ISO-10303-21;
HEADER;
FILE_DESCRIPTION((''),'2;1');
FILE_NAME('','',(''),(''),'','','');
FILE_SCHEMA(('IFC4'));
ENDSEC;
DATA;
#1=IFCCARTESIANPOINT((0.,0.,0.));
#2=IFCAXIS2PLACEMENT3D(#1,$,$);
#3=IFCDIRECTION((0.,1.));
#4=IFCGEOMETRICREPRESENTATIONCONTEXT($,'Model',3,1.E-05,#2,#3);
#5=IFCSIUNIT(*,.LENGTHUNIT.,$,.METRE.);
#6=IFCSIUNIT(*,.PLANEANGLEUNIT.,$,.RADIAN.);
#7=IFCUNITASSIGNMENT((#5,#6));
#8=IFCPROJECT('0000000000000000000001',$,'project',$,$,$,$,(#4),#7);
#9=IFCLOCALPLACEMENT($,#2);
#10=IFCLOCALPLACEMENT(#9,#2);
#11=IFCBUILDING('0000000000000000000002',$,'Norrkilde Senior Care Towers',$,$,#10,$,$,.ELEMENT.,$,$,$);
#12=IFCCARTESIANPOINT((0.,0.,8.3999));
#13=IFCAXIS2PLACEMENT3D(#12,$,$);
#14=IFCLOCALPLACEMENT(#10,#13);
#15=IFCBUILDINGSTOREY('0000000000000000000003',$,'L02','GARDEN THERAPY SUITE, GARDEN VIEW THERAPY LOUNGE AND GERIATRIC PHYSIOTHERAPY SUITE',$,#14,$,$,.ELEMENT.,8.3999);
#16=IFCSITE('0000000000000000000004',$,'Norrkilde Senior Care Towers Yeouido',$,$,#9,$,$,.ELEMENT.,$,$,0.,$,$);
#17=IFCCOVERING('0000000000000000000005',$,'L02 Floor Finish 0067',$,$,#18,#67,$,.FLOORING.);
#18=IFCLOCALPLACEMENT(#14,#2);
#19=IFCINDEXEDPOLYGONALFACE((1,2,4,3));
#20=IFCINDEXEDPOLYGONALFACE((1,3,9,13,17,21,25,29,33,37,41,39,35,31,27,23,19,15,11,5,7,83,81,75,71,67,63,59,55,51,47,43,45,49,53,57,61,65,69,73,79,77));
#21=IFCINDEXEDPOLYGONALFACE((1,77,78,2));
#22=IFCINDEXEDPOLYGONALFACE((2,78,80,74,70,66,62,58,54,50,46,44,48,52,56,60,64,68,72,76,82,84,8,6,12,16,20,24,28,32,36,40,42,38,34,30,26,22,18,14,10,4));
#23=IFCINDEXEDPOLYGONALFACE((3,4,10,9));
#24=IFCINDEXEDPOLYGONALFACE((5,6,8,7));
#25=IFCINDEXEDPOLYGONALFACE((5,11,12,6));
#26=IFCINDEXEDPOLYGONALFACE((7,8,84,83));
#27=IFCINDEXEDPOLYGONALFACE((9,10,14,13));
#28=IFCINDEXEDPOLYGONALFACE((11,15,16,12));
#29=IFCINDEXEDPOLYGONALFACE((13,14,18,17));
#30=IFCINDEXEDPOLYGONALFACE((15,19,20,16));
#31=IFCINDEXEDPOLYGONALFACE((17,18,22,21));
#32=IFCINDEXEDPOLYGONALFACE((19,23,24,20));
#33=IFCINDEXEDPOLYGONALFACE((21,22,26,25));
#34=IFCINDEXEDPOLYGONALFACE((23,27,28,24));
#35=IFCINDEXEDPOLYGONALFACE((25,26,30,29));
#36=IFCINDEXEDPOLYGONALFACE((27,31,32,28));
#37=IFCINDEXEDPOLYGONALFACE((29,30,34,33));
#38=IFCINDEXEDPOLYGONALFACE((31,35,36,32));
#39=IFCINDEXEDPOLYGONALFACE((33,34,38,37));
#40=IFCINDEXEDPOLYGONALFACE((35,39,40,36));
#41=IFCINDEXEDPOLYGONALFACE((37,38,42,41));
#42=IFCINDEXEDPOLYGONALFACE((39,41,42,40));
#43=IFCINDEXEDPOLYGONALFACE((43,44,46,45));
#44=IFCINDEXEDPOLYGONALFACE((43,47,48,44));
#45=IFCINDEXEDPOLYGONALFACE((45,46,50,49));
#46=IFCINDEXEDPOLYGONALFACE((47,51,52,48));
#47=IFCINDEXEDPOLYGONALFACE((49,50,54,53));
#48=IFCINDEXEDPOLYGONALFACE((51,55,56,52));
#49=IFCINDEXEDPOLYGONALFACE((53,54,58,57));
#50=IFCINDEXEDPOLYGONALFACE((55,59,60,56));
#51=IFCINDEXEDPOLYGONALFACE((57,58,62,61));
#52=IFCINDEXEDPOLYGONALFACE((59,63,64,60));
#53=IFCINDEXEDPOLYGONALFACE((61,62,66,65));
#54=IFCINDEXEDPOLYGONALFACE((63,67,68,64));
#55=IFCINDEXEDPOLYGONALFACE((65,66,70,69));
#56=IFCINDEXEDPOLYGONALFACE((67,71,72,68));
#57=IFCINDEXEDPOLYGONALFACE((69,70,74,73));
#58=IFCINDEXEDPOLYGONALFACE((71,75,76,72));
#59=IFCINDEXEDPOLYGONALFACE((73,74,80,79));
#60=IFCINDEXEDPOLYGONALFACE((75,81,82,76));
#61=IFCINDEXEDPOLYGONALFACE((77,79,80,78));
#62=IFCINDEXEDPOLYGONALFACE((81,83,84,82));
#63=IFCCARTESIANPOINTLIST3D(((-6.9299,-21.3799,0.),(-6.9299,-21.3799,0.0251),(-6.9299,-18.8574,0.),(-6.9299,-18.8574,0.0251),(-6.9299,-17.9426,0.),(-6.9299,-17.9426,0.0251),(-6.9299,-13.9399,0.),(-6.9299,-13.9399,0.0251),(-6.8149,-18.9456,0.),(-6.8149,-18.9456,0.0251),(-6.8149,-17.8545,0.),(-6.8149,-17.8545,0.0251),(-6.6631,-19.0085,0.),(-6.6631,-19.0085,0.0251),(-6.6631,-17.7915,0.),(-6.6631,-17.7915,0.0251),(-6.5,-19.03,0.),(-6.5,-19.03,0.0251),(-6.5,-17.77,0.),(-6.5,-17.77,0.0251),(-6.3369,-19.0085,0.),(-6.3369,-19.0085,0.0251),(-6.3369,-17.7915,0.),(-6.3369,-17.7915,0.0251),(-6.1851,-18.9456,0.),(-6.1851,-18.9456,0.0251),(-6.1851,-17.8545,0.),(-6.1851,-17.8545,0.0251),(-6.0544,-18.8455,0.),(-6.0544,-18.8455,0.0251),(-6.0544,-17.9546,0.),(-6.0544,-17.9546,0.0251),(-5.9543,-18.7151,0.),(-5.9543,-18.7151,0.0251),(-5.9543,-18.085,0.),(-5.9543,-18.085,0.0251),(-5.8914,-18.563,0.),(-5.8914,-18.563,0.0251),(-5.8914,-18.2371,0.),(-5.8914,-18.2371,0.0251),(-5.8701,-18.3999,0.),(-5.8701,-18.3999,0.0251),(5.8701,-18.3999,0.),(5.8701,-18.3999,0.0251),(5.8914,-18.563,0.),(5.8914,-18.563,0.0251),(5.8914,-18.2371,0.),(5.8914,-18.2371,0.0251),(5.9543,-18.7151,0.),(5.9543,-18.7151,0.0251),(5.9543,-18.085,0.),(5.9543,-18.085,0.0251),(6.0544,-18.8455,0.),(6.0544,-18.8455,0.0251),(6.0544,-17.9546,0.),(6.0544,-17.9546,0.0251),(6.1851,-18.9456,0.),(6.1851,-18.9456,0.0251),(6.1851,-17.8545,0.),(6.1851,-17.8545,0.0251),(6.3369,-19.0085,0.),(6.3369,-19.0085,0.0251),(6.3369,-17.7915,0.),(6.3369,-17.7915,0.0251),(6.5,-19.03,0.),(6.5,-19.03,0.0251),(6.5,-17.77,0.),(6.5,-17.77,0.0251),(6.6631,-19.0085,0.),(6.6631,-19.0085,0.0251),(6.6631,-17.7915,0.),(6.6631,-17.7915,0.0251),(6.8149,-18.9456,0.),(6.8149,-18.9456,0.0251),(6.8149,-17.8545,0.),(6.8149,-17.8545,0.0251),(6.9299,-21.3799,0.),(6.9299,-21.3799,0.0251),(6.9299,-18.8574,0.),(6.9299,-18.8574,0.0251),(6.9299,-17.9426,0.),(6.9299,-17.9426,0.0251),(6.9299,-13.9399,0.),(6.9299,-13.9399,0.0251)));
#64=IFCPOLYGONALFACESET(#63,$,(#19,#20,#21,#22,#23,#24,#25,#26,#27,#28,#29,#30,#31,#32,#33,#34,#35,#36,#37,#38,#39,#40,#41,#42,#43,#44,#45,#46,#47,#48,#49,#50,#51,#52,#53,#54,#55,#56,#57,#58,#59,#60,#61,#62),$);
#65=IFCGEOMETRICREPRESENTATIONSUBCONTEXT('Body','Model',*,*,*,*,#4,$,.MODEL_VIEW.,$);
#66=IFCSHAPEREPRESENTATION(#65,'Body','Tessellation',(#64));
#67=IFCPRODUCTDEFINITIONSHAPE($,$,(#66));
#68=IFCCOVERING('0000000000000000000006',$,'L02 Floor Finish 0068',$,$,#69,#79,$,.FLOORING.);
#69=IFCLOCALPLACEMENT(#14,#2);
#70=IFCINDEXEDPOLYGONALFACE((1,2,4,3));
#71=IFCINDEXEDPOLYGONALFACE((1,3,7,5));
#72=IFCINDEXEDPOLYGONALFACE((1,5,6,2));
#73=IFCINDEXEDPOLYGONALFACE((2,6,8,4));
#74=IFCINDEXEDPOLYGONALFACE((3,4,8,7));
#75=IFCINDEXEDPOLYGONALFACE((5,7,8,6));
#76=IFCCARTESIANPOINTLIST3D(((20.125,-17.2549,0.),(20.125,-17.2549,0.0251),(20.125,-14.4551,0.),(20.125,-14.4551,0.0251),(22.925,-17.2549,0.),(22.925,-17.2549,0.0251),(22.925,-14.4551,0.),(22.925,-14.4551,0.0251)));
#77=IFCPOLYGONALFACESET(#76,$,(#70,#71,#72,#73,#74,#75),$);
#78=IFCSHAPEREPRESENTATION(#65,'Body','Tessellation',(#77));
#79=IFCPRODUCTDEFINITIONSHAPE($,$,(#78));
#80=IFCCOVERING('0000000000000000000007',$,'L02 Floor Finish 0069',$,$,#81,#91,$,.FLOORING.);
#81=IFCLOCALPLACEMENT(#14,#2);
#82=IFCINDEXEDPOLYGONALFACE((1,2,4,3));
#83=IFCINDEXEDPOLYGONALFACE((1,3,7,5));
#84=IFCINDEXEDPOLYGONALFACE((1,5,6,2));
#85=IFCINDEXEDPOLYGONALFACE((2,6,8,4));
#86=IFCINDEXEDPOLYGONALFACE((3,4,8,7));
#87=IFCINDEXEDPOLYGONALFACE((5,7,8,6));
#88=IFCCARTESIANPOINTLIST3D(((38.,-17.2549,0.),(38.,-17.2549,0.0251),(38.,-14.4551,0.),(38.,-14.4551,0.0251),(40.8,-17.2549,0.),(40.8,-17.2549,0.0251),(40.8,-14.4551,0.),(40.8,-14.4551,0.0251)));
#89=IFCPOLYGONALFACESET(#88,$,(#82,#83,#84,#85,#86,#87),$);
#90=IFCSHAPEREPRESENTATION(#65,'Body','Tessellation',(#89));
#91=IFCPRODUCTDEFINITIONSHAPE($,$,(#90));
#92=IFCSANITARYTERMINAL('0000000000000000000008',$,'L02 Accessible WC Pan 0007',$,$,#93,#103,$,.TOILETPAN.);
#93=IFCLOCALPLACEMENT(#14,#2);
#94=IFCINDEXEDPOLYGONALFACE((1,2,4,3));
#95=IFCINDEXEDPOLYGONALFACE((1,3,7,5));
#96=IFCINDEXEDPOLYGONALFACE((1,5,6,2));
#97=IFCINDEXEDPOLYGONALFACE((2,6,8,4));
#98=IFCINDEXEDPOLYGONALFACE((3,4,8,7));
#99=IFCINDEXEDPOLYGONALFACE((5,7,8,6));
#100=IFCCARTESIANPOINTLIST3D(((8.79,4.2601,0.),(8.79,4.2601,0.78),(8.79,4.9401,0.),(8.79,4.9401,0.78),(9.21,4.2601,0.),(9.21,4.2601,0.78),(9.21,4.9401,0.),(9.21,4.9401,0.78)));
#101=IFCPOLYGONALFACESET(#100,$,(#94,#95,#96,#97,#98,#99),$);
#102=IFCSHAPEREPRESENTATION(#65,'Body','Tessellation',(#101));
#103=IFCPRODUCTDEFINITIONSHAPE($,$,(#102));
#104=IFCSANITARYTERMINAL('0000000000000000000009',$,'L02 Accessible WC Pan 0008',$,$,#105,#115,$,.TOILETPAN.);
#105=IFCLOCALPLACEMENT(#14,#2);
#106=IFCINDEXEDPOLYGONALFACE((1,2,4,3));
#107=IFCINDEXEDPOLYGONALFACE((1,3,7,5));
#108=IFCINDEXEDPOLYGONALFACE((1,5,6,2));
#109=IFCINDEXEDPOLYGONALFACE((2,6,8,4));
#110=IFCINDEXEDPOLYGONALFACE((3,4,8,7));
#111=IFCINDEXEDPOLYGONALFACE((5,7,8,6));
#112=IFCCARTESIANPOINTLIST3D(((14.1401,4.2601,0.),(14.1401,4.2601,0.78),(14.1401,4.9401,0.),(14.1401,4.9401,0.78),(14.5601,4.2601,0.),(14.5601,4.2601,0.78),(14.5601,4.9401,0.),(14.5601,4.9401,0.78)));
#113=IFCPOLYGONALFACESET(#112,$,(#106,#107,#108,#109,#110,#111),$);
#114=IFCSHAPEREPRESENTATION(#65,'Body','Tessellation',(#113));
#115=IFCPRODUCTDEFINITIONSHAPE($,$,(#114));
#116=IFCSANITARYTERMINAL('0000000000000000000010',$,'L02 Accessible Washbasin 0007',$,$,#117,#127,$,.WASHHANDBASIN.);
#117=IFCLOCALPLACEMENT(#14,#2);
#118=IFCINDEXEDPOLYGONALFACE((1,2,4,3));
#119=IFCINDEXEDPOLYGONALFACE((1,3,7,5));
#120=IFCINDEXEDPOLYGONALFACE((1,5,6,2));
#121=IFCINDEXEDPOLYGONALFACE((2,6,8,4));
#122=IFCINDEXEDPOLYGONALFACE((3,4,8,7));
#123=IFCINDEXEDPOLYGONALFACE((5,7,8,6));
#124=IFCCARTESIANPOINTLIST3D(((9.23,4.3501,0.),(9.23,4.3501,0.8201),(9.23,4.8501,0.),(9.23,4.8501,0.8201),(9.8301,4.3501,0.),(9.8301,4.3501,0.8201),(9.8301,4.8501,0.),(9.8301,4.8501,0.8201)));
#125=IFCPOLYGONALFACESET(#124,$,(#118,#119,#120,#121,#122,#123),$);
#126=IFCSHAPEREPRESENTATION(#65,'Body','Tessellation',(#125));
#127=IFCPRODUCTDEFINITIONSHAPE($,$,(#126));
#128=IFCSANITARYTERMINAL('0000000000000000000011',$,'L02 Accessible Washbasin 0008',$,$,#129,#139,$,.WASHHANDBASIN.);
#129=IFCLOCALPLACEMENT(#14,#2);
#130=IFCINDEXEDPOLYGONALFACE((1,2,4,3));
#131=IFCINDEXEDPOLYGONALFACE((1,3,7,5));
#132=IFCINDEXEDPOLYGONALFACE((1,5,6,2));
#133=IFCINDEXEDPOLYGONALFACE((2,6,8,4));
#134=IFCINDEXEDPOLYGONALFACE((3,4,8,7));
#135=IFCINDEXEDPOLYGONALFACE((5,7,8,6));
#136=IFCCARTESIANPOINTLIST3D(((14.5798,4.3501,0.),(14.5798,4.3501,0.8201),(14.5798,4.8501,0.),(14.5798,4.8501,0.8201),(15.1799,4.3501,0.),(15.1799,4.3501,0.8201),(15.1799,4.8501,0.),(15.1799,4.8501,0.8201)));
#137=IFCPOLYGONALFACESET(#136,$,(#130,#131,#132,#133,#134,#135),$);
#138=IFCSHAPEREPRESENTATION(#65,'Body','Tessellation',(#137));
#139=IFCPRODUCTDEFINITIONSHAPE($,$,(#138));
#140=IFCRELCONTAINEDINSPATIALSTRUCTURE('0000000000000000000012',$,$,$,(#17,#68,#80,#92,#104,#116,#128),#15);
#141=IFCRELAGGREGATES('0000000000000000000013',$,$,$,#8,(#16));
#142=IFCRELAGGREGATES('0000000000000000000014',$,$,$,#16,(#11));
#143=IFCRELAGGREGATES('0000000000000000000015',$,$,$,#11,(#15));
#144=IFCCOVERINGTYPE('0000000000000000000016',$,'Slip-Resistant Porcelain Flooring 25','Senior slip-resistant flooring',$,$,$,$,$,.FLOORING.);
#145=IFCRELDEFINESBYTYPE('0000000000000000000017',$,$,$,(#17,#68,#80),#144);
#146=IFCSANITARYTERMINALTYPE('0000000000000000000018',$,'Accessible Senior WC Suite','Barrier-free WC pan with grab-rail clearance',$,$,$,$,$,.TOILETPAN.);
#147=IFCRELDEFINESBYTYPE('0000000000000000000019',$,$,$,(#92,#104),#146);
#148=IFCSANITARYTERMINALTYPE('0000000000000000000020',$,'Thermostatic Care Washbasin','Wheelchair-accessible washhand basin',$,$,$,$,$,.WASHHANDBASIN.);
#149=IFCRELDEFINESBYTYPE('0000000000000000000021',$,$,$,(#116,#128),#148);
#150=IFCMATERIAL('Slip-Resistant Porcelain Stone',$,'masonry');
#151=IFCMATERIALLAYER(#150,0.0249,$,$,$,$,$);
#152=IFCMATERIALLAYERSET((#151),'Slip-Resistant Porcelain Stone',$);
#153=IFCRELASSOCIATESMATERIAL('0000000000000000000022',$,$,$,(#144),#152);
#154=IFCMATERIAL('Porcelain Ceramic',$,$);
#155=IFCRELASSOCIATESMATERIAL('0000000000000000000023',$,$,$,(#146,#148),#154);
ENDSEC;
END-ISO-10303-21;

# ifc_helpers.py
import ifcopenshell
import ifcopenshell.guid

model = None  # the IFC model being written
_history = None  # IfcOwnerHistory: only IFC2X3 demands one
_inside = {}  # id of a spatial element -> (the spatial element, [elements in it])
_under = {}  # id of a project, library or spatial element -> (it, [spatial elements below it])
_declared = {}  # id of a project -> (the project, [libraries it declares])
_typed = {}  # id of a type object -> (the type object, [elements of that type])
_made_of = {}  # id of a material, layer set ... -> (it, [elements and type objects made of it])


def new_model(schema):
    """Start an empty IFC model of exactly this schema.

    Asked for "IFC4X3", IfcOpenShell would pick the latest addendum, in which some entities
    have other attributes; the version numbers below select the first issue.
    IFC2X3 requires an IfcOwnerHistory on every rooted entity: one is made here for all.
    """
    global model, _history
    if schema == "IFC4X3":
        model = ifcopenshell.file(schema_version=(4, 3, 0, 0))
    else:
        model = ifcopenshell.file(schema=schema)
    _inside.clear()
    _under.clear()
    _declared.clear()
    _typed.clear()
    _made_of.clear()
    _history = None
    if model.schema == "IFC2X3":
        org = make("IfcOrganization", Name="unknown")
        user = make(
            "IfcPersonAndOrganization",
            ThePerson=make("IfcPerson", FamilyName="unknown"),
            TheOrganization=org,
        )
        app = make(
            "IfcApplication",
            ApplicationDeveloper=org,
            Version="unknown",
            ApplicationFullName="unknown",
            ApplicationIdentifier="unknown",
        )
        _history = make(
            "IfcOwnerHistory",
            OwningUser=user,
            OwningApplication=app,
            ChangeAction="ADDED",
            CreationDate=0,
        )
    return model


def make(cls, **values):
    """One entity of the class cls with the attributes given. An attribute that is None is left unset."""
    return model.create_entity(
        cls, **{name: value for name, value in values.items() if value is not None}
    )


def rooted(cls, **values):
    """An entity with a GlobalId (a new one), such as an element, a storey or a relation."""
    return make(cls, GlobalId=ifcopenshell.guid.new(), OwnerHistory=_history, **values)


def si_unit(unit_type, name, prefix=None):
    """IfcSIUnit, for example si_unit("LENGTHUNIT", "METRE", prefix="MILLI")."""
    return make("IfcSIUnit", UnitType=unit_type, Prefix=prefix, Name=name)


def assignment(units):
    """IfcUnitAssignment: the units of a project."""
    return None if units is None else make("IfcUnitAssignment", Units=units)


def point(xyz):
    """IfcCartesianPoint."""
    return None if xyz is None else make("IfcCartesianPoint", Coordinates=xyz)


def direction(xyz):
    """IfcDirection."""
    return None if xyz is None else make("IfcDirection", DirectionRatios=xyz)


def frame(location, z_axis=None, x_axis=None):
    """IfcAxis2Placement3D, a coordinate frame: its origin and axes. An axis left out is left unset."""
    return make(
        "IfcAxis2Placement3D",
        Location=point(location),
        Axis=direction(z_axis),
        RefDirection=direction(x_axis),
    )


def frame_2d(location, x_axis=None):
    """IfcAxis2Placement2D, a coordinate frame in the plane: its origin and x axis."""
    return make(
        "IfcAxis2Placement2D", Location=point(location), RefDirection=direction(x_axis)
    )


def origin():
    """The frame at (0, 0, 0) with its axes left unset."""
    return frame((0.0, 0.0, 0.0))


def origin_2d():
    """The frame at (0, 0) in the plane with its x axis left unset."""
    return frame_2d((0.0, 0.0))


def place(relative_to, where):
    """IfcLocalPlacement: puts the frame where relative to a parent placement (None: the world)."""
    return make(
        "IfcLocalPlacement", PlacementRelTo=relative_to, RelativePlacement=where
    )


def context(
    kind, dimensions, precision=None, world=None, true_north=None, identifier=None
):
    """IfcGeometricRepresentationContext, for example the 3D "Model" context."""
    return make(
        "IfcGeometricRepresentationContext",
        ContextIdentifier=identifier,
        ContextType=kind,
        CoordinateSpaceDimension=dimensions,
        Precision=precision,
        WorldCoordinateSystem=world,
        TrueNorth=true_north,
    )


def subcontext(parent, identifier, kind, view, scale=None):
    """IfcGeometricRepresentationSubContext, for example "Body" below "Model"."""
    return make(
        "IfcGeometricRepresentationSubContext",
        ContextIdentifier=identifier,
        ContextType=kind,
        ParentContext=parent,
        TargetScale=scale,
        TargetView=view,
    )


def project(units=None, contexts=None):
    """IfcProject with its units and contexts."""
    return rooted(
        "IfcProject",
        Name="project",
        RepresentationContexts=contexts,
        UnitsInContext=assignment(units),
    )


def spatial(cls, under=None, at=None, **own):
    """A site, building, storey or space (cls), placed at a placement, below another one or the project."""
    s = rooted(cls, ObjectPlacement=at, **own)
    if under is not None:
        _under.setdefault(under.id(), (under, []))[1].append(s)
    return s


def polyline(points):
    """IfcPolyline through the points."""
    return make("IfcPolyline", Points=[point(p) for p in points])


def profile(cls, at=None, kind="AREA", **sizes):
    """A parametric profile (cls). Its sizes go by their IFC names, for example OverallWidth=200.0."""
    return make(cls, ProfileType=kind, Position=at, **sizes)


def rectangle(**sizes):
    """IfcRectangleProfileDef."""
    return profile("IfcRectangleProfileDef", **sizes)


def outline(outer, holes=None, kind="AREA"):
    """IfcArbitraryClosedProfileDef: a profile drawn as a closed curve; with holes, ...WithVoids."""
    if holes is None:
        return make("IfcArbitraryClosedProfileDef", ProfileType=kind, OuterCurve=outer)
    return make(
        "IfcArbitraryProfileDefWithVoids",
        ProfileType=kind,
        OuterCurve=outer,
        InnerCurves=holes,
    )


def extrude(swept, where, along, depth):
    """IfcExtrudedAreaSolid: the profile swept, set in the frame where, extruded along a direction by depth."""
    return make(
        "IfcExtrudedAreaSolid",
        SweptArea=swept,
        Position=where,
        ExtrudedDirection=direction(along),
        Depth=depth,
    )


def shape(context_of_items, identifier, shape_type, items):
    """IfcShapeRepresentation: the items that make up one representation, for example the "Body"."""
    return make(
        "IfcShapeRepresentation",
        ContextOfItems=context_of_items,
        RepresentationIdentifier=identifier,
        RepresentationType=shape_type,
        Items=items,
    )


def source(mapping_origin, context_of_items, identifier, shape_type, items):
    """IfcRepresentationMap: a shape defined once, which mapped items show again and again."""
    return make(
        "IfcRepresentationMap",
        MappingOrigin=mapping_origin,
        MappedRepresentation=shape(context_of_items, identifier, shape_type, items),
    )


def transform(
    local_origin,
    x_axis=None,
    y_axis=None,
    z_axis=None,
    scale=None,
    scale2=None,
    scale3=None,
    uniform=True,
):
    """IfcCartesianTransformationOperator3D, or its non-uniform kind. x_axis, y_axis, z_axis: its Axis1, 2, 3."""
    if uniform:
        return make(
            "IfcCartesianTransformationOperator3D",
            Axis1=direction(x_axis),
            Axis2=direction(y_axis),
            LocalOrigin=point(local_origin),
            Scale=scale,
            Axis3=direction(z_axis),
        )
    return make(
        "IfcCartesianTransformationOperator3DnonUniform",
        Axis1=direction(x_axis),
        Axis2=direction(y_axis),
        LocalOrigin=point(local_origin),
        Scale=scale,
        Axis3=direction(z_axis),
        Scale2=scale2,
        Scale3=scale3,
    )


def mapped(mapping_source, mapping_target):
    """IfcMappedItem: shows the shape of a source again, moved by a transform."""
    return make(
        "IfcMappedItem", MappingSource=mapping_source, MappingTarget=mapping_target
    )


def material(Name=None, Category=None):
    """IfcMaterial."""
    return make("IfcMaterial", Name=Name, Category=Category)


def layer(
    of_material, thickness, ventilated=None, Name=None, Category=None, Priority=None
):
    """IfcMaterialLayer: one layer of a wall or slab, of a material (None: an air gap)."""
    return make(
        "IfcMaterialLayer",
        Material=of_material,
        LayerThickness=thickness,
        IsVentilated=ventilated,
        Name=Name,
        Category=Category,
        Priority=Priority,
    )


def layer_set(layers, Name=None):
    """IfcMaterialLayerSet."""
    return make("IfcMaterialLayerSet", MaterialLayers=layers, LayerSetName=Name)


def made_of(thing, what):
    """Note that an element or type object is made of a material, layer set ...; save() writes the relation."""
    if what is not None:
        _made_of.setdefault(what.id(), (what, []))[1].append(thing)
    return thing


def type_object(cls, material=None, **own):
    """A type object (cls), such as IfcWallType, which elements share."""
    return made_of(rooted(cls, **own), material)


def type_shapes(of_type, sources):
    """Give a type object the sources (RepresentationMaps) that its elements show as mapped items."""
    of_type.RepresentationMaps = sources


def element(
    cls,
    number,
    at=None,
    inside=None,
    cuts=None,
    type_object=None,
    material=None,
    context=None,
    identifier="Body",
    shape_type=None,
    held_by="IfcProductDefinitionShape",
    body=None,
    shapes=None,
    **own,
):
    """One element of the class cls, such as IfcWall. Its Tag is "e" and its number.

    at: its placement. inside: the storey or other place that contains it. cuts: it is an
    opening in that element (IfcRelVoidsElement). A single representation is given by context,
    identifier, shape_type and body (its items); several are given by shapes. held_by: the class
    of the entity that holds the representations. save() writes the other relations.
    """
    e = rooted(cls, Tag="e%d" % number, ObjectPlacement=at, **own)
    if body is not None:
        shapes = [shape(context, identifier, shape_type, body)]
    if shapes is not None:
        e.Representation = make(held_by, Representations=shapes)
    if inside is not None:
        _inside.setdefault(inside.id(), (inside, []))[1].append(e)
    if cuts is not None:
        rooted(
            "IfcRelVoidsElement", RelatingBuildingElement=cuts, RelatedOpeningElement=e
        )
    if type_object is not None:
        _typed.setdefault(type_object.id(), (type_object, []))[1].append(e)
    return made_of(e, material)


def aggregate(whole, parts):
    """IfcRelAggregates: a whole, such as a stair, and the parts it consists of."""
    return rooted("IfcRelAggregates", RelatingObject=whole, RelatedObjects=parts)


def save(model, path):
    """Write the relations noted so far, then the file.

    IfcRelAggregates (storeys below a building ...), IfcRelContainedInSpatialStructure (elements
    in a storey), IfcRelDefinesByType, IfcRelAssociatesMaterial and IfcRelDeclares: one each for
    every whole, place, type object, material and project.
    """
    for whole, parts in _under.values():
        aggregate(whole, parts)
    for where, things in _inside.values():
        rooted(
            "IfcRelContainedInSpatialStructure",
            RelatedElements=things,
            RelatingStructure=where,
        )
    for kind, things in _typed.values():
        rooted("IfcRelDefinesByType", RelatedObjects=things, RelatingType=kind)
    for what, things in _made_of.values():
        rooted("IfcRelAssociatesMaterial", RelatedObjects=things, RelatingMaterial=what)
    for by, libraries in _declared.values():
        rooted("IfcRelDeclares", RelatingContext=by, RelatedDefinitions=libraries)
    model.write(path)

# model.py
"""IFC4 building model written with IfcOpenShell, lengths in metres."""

from ifc_helpers import new_model, si_unit, direction, frame, origin, origin_2d, place, context, subcontext, project, spatial, polyline, rectangle, outline, extrude, source, transform, mapped, material, layer, layer_set, type_object, type_shapes, element, save


model = new_model("IFC4")

# Units and contexts
model_context = context("Model", 3, precision=1e-05, world=origin(), true_north=direction((0.0, 1.0)))
body_context = subcontext(model_context, "Body", "Model", "MODEL_VIEW")
ifc_project = project(units=[si_unit("LENGTHUNIT", "METRE"), si_unit("PLANEANGLEUNIT", "RADIAN")], contexts=[model_context])

# Site, building, storey
site_placement = place(None, origin())
site = spatial("IfcSite", under=ifc_project, at=site_placement, Name="Norrkilde Senior Care Towers Yeouido", CompositionType="ELEMENT", RefElevation=0.0)
building_placement = place(site_placement, origin())
building = spatial("IfcBuilding", under=site, at=building_placement, Name="Norrkilde Senior Care Towers", CompositionType="ELEMENT")
storey_placement = place(building_placement, frame((0.0, 0.0, 8.3999)))
storey = spatial("IfcBuildingStorey", under=building, at=storey_placement, Name="L02", Description="GARDEN THERAPY SUITE, GARDEN VIEW THERAPY LOUNGE AND GERIATRIC PHYSIOTHERAPY SUITE", CompositionType="ELEMENT", Elevation=8.3999)

# Coverings
ifc_material_1 = material(Name="Slip-Resistant Porcelain Stone", Category="masonry")
ifc_layer_1 = layer(ifc_material_1, 0.0249)
ifc_layer_set_1 = layer_set([ifc_layer_1], Name="Slip-Resistant Porcelain Stone")
covering_type_1 = type_object("IfcCoveringType", Name="Slip-Resistant Porcelain Flooring 25", Description="Senior slip-resistant flooring", PredefinedType="FLOORING", material=ifc_layer_set_1)
covering_1_placement = place(storey_placement, origin())
element("IfcCovering", 1, at=covering_1_placement, inside=storey, type_object=covering_type_1, Name="L02 Floor Finish 0067", PredefinedType="FLOORING", context=body_context, shape_type="SweptSolid", body=[
    extrude(outline(polyline([(-6.9299, -21.3799), (-6.9299, -18.8574), (-6.8149, -18.9456), (-6.6631, -19.0085), (-6.5, -19.03), (-6.3369, -19.0085), (-6.1851, -18.9456), (-6.0544, -18.8455), (-5.9543, -18.7151), (-5.8914, -18.563), (-5.8701, -18.3999), (-5.8914, -18.2371), (-5.9543, -18.085), (-6.0544, -17.9546), (-6.1851, -17.8545), (-6.3369, -17.7915), (-6.5, -17.77), (-6.6631, -17.7915), (-6.8149, -17.8545), (-6.9299, -17.9426), (-6.9299, -13.9399), (6.9299, -13.9399), (6.9299, -17.9426), (6.8149, -17.8545), (6.6631, -17.7915), (6.5, -17.77), (6.3369, -17.7915), (6.1851, -17.8545), (6.0544, -17.9546), (5.9543, -18.085), (5.8914, -18.2371), (5.8701, -18.3999), (5.8914, -18.563), (5.9543, -18.7151), (6.0544, -18.8455), (6.1851, -18.9456), (6.3369, -19.0085), (6.5, -19.03), (6.6631, -19.0085), (6.8149, -18.9456), (6.9299, -18.8574), (6.9299, -21.3799), (-6.9299, -21.3799)])), origin(), (0.0, 0.0, 1.0), 0.0251),
])
covering_2_placement = place(storey_placement, origin())
element("IfcCovering", 2, at=covering_2_placement, inside=storey, type_object=covering_type_1, Name="L02 Floor Finish 0068", PredefinedType="FLOORING", context=body_context, shape_type="SweptSolid", body=[
    extrude(outline(polyline([(20.125, -17.2549), (20.125, -14.4551), (22.925, -14.4551), (22.925, -17.2549), (20.125, -17.2549)])), origin(), (0.0, 0.0, 1.0), 0.0251),
])
covering_3_placement = place(storey_placement, origin())
element("IfcCovering", 3, at=covering_3_placement, inside=storey, type_object=covering_type_1, Name="L02 Floor Finish 0069", PredefinedType="FLOORING", context=body_context, shape_type="SweptSolid", body=[
    extrude(outline(polyline([(38.0, -17.2549), (38.0, -14.4551), (40.8, -14.4551), (40.8, -17.2549), (38.0, -17.2549)])), origin(), (0.0, 0.0, 1.0), 0.0251),
])

# Sanitary terminals
ifc_material_2 = material(Name="Porcelain Ceramic")
sanitary_terminal_type_1 = type_object("IfcSanitaryTerminalType", Name="Accessible Senior WC Suite", Description="Barrier-free WC pan with grab-rail clearance", PredefinedType="TOILETPAN", material=ifc_material_2)
shared_shape_1 = source(origin(), body_context, "Body", "SweptSolid", [
    extrude(rectangle(XDim=0.4199, YDim=0.6799, at=origin_2d()), origin(), (0.0, 0.0, 1.0), 0.78),
])
type_shapes(sanitary_terminal_type_1, [shared_shape_1])
for number, where, z_axis, x_axis, name in (
    (4, (9.0, 4.6001, 0.0), (0.0, 0.0, 1.0), (1.0, 0.0, 0.0), "L02 Accessible WC Pan 0007"),
    (5, (14.3501, 4.6001, 0.0), (0.0, 0.0, 1.0), (1.0, 0.0, 0.0), "L02 Accessible WC Pan 0008"),
):
    element("IfcSanitaryTerminal", number, at=place(storey_placement, frame(where, z_axis=z_axis, x_axis=x_axis)), inside=storey, type_object=sanitary_terminal_type_1, Name=name, PredefinedType="TOILETPAN", context=body_context, shape_type="MappedRepresentation", body=[
        mapped(shared_shape_1, transform((0.0, 0.0, 0.0), x_axis=(1.0, 0.0, 0.0), y_axis=(0.0, 1.0, 0.0), z_axis=(0.0, 0.0, 1.0), scale=1.0)),
    ])
sanitary_terminal_type_2 = type_object("IfcSanitaryTerminalType", Name="Thermostatic Care Washbasin", Description="Wheelchair-accessible washhand basin", PredefinedType="WASHHANDBASIN", material=ifc_material_2)
shared_shape_2 = source(origin(), body_context, "Body", "SweptSolid", [
    extrude(rectangle(XDim=0.6001, YDim=0.5, at=origin_2d()), origin(), (0.0, 0.0, 1.0), 0.8201),
])
type_shapes(sanitary_terminal_type_2, [shared_shape_2])
for number, where, z_axis, x_axis, name in (
    (6, (9.53, 4.6001, 0.0), (0.0, 0.0, 1.0), (1.0, 0.0, 0.0), "L02 Accessible Washbasin 0007"),
    (7, (14.8799, 4.6001, 0.0), (0.0, 0.0, 1.0), (1.0, 0.0, 0.0), "L02 Accessible Washbasin 0008"),
):
    element("IfcSanitaryTerminal", number, at=place(storey_placement, frame(where, z_axis=z_axis, x_axis=x_axis)), inside=storey, type_object=sanitary_terminal_type_2, Name=name, PredefinedType="WASHHANDBASIN", context=body_context, shape_type="MappedRepresentation", body=[
        mapped(shared_shape_2, transform((0.0, 0.0, 0.0), x_axis=(1.0, 0.0, 0.0), y_axis=(0.0, 1.0, 0.0), z_axis=(0.0, 0.0, 1.0), scale=1.0)),
    ])

save(model, "model.ifc")
